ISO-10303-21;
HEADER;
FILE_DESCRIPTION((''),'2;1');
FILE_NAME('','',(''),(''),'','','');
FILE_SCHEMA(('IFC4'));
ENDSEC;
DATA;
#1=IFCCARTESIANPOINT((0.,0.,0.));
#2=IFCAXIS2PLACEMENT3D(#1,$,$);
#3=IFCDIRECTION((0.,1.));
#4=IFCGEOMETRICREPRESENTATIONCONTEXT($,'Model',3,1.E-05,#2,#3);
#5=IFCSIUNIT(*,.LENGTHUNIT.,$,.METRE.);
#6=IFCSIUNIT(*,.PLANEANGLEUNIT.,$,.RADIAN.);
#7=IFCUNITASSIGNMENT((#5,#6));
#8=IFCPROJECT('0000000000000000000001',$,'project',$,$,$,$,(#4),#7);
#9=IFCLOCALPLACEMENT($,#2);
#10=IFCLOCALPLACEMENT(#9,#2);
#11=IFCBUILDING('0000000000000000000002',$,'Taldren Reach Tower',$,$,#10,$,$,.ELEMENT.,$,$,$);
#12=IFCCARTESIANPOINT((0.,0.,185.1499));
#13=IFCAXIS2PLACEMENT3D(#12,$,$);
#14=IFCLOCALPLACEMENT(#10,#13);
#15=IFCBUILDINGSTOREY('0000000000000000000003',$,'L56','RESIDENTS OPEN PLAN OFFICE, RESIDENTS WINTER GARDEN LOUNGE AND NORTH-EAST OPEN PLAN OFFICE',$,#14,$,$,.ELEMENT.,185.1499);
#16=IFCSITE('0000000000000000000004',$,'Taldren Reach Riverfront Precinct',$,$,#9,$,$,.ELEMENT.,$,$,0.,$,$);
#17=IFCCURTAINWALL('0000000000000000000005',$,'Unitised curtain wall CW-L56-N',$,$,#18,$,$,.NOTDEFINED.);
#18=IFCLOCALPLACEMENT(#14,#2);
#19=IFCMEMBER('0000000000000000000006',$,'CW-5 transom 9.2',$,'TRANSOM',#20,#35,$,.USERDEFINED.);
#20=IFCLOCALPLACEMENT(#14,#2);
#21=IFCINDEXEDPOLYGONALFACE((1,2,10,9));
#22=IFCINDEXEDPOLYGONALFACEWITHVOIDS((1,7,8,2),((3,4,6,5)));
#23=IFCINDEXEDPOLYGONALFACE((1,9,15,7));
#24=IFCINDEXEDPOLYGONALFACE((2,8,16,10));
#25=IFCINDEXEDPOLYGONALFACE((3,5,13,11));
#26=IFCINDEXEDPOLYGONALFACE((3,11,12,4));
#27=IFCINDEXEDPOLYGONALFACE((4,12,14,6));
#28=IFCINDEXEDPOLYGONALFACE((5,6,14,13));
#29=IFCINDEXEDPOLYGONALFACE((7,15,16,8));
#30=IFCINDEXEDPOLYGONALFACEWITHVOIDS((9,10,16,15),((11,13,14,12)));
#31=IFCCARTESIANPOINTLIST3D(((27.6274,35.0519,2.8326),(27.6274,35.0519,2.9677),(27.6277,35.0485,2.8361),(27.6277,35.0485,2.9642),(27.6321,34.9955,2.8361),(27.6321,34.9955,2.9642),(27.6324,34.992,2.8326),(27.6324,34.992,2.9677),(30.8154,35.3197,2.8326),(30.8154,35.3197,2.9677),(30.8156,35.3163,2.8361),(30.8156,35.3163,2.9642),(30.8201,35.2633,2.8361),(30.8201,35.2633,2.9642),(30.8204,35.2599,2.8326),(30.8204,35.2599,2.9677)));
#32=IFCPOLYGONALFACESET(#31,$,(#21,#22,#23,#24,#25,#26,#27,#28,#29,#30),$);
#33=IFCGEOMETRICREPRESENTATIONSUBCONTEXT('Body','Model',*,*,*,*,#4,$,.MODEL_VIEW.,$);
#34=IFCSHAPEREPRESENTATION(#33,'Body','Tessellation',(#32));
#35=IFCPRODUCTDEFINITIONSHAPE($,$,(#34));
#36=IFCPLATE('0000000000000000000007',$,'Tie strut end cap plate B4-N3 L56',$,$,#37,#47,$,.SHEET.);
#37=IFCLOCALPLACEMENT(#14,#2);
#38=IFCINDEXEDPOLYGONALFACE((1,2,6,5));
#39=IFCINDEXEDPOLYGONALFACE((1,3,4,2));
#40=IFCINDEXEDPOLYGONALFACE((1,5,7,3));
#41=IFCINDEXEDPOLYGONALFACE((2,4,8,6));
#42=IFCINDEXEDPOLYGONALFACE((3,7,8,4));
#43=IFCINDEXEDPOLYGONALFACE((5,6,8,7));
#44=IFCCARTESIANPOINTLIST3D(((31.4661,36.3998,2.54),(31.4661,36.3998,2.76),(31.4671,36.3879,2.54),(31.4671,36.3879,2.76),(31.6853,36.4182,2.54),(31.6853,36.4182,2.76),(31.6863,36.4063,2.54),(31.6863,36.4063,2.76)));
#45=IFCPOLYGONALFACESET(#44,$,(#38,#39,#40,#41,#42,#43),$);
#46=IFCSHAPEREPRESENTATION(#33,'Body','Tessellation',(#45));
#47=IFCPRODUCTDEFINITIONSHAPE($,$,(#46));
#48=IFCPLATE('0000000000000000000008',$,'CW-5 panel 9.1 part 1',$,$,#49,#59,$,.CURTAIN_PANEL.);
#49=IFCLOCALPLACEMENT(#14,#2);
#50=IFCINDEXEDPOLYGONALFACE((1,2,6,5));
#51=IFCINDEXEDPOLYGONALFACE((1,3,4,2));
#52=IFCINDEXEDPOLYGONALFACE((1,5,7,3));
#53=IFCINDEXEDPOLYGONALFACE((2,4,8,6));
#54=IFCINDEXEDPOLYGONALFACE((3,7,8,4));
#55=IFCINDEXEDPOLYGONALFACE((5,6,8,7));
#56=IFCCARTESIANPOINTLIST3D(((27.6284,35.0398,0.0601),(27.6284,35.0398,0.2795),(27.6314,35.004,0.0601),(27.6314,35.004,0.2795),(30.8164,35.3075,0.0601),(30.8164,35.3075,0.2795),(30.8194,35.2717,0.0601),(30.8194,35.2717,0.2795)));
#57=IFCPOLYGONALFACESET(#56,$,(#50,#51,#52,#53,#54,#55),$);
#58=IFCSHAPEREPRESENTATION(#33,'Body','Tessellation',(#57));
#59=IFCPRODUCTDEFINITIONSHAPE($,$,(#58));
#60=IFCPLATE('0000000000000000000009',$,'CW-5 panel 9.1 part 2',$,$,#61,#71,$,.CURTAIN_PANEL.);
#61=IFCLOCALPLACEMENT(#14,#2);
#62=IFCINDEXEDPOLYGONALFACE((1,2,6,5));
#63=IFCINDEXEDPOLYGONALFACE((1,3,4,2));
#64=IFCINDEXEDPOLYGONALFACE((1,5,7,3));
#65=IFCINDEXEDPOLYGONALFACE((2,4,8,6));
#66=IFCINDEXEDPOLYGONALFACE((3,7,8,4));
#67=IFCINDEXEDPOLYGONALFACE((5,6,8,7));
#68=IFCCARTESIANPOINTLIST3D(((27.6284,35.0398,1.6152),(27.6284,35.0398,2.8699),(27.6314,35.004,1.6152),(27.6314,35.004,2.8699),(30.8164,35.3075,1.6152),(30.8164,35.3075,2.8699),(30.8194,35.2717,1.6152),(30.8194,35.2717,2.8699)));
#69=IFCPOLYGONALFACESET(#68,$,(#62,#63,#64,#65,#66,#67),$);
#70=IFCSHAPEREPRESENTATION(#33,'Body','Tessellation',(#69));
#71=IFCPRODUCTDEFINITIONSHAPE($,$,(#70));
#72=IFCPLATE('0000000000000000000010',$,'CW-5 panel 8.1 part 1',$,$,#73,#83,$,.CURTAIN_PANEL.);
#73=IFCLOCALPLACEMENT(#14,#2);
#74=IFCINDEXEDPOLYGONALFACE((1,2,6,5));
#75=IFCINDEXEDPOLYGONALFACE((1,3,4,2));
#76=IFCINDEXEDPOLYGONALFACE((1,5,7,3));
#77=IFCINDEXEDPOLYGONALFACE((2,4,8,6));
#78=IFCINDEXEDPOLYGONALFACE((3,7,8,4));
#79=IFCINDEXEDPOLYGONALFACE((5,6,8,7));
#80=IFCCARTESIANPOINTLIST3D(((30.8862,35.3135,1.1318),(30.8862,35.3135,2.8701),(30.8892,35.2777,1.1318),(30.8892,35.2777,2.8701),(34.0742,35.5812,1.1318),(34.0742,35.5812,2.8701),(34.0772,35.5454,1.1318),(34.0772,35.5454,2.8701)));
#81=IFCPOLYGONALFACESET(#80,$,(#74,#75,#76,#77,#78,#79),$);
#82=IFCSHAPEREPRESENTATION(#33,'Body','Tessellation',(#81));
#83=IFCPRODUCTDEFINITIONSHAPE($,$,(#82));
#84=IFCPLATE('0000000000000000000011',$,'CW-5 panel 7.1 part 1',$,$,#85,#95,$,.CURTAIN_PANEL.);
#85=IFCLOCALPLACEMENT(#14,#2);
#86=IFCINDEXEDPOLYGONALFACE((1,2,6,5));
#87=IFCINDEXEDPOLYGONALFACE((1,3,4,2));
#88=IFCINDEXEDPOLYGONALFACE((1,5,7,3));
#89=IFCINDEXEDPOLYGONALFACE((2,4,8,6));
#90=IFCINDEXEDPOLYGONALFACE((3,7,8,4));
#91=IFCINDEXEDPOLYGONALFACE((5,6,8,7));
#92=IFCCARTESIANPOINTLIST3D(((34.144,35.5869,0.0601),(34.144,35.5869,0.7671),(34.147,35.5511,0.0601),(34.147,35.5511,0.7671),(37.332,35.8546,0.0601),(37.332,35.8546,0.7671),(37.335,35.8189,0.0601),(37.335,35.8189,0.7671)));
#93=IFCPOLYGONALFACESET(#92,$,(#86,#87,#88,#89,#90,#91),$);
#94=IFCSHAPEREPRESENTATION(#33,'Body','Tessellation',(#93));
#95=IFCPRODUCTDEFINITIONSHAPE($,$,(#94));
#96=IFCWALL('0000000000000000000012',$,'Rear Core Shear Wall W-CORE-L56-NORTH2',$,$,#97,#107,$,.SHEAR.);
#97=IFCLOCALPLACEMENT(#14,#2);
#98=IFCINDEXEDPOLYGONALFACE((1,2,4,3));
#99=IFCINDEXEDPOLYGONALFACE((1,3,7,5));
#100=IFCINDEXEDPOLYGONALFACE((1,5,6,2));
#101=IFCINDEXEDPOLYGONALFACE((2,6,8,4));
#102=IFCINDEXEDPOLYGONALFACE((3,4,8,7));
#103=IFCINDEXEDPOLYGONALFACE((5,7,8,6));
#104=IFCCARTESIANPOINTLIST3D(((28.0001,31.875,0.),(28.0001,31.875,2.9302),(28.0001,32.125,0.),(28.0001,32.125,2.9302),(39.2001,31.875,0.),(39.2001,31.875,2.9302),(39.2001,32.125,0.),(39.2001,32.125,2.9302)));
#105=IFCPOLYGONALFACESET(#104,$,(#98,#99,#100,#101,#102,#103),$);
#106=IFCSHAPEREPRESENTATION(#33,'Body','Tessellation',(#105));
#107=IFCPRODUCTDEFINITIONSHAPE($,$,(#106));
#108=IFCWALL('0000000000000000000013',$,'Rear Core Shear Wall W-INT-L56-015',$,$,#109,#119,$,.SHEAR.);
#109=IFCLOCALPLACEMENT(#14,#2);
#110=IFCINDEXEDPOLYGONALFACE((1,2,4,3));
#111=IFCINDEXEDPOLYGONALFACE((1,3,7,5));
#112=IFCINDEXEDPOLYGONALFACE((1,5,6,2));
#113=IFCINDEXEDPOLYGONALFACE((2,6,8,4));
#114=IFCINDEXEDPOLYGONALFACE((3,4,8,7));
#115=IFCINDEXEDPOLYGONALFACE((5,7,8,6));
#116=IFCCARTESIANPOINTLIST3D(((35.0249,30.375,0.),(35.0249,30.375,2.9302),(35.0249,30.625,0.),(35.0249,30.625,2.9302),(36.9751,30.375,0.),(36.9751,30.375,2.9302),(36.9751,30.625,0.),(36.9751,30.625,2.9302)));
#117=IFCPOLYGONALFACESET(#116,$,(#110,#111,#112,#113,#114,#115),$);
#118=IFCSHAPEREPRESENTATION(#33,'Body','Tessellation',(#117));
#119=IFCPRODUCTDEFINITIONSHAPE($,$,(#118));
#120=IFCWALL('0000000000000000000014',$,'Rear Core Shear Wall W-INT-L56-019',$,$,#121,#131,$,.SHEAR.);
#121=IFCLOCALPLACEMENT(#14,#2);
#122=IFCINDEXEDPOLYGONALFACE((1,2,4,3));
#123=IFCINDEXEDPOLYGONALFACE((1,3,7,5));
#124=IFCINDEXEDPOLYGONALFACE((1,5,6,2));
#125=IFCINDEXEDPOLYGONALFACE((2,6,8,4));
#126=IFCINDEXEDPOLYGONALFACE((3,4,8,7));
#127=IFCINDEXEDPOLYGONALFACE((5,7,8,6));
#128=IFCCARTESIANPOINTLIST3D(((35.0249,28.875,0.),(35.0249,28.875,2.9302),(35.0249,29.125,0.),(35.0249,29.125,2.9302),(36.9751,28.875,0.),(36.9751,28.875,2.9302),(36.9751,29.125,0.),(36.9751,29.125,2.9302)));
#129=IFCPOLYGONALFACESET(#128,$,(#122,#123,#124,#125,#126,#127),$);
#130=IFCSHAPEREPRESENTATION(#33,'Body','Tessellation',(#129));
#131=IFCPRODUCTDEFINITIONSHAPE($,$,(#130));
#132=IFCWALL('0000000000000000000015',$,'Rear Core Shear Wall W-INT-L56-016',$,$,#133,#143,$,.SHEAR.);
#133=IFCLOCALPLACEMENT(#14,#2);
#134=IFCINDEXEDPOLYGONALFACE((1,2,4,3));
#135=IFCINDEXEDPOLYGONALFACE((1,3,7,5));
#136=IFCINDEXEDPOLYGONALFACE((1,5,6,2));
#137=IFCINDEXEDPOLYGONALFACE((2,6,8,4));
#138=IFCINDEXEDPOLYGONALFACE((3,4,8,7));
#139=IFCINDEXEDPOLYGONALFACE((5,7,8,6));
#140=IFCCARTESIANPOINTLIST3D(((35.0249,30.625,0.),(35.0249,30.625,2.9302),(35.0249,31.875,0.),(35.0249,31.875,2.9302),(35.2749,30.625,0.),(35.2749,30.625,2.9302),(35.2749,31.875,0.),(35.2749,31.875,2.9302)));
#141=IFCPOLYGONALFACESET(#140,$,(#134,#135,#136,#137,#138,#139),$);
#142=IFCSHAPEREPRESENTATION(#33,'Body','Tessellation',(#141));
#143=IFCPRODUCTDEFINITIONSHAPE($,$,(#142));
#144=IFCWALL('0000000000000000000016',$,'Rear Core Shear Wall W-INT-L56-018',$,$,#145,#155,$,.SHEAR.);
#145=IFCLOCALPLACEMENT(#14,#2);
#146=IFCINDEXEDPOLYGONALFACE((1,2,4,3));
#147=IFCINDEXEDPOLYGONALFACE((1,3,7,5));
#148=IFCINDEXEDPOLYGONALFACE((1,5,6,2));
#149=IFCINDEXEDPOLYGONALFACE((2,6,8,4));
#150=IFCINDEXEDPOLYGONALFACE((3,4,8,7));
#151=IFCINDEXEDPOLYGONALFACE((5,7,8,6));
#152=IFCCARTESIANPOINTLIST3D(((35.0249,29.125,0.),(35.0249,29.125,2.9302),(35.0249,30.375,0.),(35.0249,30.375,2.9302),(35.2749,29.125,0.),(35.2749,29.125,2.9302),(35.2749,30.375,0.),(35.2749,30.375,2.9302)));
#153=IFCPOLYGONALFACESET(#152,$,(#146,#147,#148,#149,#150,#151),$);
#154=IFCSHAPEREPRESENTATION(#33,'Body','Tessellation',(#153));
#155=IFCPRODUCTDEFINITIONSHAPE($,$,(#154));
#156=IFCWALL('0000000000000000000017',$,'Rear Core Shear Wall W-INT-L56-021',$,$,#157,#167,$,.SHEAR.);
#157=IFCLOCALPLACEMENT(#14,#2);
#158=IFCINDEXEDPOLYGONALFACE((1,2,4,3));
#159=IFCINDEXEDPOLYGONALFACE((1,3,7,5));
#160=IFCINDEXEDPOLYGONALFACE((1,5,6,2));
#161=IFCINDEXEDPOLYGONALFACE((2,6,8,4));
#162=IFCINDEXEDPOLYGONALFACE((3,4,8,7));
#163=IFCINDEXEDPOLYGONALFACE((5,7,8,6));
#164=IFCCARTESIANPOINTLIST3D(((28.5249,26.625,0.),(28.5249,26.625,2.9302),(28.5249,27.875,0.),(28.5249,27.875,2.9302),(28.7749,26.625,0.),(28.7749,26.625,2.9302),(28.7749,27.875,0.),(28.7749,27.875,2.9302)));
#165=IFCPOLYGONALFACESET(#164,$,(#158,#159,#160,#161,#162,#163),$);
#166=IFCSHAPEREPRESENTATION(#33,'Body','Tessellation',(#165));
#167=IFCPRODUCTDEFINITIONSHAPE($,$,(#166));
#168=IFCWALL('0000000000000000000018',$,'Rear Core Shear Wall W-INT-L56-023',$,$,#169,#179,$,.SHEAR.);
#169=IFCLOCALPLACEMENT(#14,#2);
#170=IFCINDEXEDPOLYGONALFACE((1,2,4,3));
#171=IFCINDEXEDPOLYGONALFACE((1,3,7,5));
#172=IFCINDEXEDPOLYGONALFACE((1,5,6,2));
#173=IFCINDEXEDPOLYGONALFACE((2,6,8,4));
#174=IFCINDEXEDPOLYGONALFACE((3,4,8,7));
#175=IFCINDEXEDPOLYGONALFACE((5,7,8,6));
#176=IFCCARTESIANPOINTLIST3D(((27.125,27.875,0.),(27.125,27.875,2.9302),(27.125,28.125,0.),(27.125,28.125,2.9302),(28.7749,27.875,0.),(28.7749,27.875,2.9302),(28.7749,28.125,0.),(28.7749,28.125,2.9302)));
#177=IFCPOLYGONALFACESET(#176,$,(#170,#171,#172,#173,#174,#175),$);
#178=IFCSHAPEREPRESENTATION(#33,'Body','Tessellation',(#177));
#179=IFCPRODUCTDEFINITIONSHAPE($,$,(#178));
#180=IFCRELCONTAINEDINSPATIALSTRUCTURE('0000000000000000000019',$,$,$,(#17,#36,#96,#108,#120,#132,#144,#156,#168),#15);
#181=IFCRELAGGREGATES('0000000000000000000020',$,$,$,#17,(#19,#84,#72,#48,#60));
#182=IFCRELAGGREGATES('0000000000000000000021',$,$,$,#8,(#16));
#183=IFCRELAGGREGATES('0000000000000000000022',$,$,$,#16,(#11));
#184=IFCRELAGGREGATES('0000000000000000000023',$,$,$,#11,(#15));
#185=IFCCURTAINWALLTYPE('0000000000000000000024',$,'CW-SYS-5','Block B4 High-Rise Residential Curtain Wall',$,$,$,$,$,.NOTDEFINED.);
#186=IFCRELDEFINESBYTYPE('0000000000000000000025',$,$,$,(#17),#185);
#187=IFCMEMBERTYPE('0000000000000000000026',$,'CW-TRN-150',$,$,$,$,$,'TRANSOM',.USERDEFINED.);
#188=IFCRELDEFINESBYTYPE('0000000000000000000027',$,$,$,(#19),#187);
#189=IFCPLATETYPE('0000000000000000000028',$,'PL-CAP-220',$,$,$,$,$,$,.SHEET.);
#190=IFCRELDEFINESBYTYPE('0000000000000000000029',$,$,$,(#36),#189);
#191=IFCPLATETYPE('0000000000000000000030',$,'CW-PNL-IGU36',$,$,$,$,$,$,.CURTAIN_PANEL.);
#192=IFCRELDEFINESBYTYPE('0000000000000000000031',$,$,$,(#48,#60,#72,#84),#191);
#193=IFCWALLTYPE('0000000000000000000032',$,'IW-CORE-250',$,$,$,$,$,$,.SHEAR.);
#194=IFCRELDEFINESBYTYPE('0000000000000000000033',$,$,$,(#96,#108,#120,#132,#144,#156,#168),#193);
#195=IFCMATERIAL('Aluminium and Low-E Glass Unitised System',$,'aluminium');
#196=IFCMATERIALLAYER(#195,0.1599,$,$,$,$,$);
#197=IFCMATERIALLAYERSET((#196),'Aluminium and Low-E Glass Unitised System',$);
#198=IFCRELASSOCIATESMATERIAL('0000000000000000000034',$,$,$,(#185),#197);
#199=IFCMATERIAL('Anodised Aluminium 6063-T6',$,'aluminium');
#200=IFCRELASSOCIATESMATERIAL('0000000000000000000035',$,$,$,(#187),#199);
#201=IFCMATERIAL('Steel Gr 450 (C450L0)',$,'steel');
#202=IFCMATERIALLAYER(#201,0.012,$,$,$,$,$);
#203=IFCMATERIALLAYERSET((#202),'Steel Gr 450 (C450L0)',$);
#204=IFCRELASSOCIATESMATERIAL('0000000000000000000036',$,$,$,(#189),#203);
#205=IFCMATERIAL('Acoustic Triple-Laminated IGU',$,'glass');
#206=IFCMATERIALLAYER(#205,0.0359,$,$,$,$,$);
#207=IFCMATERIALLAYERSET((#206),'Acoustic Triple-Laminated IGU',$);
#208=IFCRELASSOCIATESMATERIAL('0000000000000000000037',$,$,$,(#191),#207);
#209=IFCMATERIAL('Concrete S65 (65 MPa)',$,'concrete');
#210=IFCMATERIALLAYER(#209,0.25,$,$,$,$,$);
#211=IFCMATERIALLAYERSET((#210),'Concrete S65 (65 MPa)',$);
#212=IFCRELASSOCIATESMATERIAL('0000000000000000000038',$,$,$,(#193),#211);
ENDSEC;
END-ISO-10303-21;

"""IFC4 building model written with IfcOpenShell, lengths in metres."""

from ifc_helpers import new_model, si_unit, direction, frame, frame_2d, origin, origin_2d, place, context, subcontext, project, spatial, rectangle, hollow_rectangle, extrude, source, transform, mapped, material, layer, layer_set, material_profile, profile_set, type_object, element, aggregate, save


model = new_model("IFC4")

# Units and contexts
model_context = context("Model", 3, precision=1e-05, world=origin(), true_north=direction((0.0, 1.0)))
body_context = subcontext(model_context, "Body", "Model", "MODEL_VIEW")
ifc_project = project(units=[si_unit("LENGTHUNIT", "METRE"), si_unit("PLANEANGLEUNIT", "RADIAN")], contexts=[model_context])

# Site, building, storey
site_placement = place(None, origin())
site = spatial("IfcSite", under=ifc_project, at=site_placement, Name="Taldren Reach Riverfront Precinct", CompositionType="ELEMENT", RefElevation=0.0)
building_placement = place(site_placement, origin())
building = spatial("IfcBuilding", under=site, at=building_placement, Name="Taldren Reach Tower", CompositionType="ELEMENT")
storey_placement = place(building_placement, frame((0.0, 0.0, 185.1499)))
storey = spatial("IfcBuildingStorey", under=building, at=storey_placement, Name="L56", Description="RESIDENTS OPEN PLAN OFFICE, RESIDENTS WINTER GARDEN LOUNGE AND NORTH-EAST OPEN PLAN OFFICE", CompositionType="ELEMENT", Elevation=185.1499)

# Shared definitions
ifc_material_1 = material(Name="Steel Gr 450 (C450L0)", Category="steel")

# Curtain wall, member
ifc_material_2 = material(Name="Aluminium and Low-E Glass Unitised System", Category="aluminium")
ifc_layer_1 = layer(ifc_material_2, 0.1599)
ifc_layer_set_1 = layer_set([ifc_layer_1], Name="Aluminium and Low-E Glass Unitised System")
curtain_wall_type = type_object("IfcCurtainWallType", Name="CW-SYS-5", Description="Block B4 High-Rise Residential Curtain Wall", PredefinedType="NOTDEFINED", material=ifc_layer_set_1)
curtain_wall_placement = place(storey_placement, origin())
curtain_wall = element("IfcCurtainWall", 1, at=curtain_wall_placement, inside=storey, type_object=curtain_wall_type, Name="Unitised curtain wall CW-L56-N", PredefinedType="NOTDEFINED")
ifc_material_3 = material(Name="Anodised Aluminium 6063-T6", Category="aluminium")
ifc_material_profile_1 = material_profile(ifc_material_3, hollow_rectangle(XDim=0.0601, YDim=0.135, WallThickness=0.0034, at=origin_2d()), Name="ALU-135x60x3.5RHS")
ifc_profile_set_1 = profile_set([ifc_material_profile_1], Name="Anodised Aluminium 6063-T6")
member_type_1 = type_object("IfcMemberType", Name="CW-TRN-150", ElementType="TRANSOM", PredefinedType="USERDEFINED", material=ifc_profile_set_1)
shared_shape_1 = source(origin(), body_context, "Body", "SweptSolid", [
    extrude(hollow_rectangle(XDim=0.0601, YDim=0.135, WallThickness=0.0034, at=origin_2d()), origin(), (0.0, 0.0, 1.0), 3.1992),
])
member_1_placement = place(storey_placement, frame((30.8179, 35.2898, 2.9001), z_axis=(-0.99649, -0.083715, 0.0), x_axis=(0.083715, -0.99649, 0.0)))
member_1 = element("IfcMember", 2, at=member_1_placement, type_object=member_type_1, Name="CW-5 transom 9.2", ObjectType="TRANSOM", PredefinedType="USERDEFINED", context=body_context, shape_type="MappedRepresentation", body=[
    mapped(shared_shape_1, transform((0.0, 0.0, 0.0), scale=1.0)),
])

# Plates
ifc_layer_2 = layer(ifc_material_1, 0.012)
ifc_layer_set_2 = layer_set([ifc_layer_2], Name="Steel Gr 450 (C450L0)")
plate_type_1 = type_object("IfcPlateType", Name="PL-CAP-220", PredefinedType="SHEET", material=ifc_layer_set_2)
shared_shape_2 = source(origin(), body_context, "Body", "SweptSolid", [
    extrude(rectangle(XDim=0.22, YDim=0.012, at=origin_2d()), origin(), (0.0, 0.0, 1.0), 0.22),
])
plate_1_placement = place(storey_placement, frame((31.5762, 36.4031, 2.54), z_axis=(0.0, 0.0, 1.0), x_axis=(0.996493, 0.083678, 0.0)))
element("IfcPlate", 3, at=plate_1_placement, inside=storey, type_object=plate_type_1, Name="Tie strut end cap plate B4-N3 L56", PredefinedType="SHEET", context=body_context, shape_type="MappedRepresentation", body=[
    mapped(shared_shape_2, transform((0.0, 0.0, 0.0), scale=1.0)),
])
ifc_material_4 = material(Name="Acoustic Triple-Laminated IGU", Category="glass")
ifc_layer_3 = layer(ifc_material_4, 0.0359)
ifc_layer_set_3 = layer_set([ifc_layer_3], Name="Acoustic Triple-Laminated IGU")
plate_type_2 = type_object("IfcPlateType", Name="CW-PNL-IGU36", PredefinedType="CURTAIN_PANEL", material=ifc_layer_set_3)
shared_shape_3 = source(origin(), body_context, "Body", "SweptSolid", [
    extrude(rectangle(XDim=3.1992, YDim=0.0359, at=origin_2d()), origin(), (0.0, 0.0, 1.0), 0.2195),
])
plate_2_placement = place(storey_placement, frame((29.2239, 35.1558, 0.0601), z_axis=(0.0, 0.0, 1.0), x_axis=(-0.996493, -0.083678, 0.0)))
plate_2 = element("IfcPlate", 4, at=plate_2_placement, type_object=plate_type_2, Name="CW-5 panel 9.1 part 1", PredefinedType="CURTAIN_PANEL", context=body_context, shape_type="MappedRepresentation", body=[
    mapped(shared_shape_3, transform((0.0, 0.0, 0.0), scale=1.0)),
])
shared_shape_4 = source(origin(), body_context, "Body", "SweptSolid", [
    extrude(rectangle(XDim=3.1992, YDim=0.0359, at=origin_2d()), origin(), (0.0, 0.0, 1.0), 1.2546),
])
plate_3_placement = place(storey_placement, frame((29.2239, 35.1558, 1.6152), z_axis=(0.0, 0.0, 1.0), x_axis=(-0.996493, -0.083678, 0.0)))
plate_3 = element("IfcPlate", 5, at=plate_3_placement, type_object=plate_type_2, Name="CW-5 panel 9.1 part 2", PredefinedType="CURTAIN_PANEL", context=body_context, shape_type="MappedRepresentation", body=[
    mapped(shared_shape_4, transform((0.0, 0.0, 0.0), scale=1.0)),
])
shared_shape_5 = source(origin(), body_context, "Body", "SweptSolid", [
    extrude(rectangle(XDim=3.1992, YDim=0.0359, at=origin_2d()), origin(), (0.0, 0.0, 1.0), 1.7383),
])
plate_4_placement = place(storey_placement, frame((32.4817, 35.4294, 1.1318), z_axis=(0.0, 0.0, 1.0), x_axis=(-0.996493, -0.083678, 0.0)))
plate_4 = element("IfcPlate", 6, at=plate_4_placement, type_object=plate_type_2, Name="CW-5 panel 8.1 part 1", PredefinedType="CURTAIN_PANEL", context=body_context, shape_type="MappedRepresentation", body=[
    mapped(shared_shape_5, transform((0.0, 0.0, 0.0), scale=1.0)),
])
shared_shape_6 = source(origin(), body_context, "Body", "SweptSolid", [
    extrude(rectangle(XDim=3.1992, YDim=0.0359, at=origin_2d()), origin(), (0.0, 0.0, 1.0), 0.707),
])
plate_5_placement = place(storey_placement, frame((35.7395, 35.7029, 0.0601), z_axis=(0.0, 0.0, 1.0), x_axis=(-0.996493, -0.083678, 0.0)))
plate_5 = element("IfcPlate", 7, at=plate_5_placement, type_object=plate_type_2, Name="CW-5 panel 7.1 part 1", PredefinedType="CURTAIN_PANEL", context=body_context, shape_type="MappedRepresentation", body=[
    mapped(shared_shape_6, transform((0.0, 0.0, 0.0), scale=1.0)),
])
aggregate(curtain_wall, [member_1, plate_5, plate_4, plate_2, plate_3])

# Walls
ifc_material_5 = material(Name="Concrete S65 (65 MPa)", Category="concrete")
ifc_layer_4 = layer(ifc_material_5, 0.25)
ifc_layer_set_4 = layer_set([ifc_layer_4], Name="Concrete S65 (65 MPa)")
wall_type_1 = type_object("IfcWallType", Name="IW-CORE-250", PredefinedType="SHEAR", material=ifc_layer_set_4)
shared_shape_7 = source(origin(), body_context, "Body", "SweptSolid", [
    extrude(rectangle(XDim=11.2, YDim=0.25, at=frame_2d((5.6001, 0.0))), origin(), (0.0, 0.0, 1.0), 2.9302),
])
wall_1_placement = place(storey_placement, frame((28.0, 32.0, 0.0), z_axis=(0.0, 0.0, 1.0), x_axis=(1.0, 0.0, 0.0)))
element("IfcWall", 8, at=wall_1_placement, inside=storey, type_object=wall_type_1, Name="Rear Core Shear Wall W-CORE-L56-NORTH2", PredefinedType="SHEAR", context=body_context, shape_type="MappedRepresentation", body=[
    mapped(shared_shape_7, transform((0.0, 0.0, 0.0), scale=1.0)),
])
shared_shape_8 = source(origin(), body_context, "Body", "SweptSolid", [
    extrude(rectangle(XDim=1.9502, YDim=0.25, at=frame_2d((0.9751, 0.0))), origin(), (0.0, 0.0, 1.0), 2.9302),
])
for number, where, z_axis, x_axis, name in (
    (9, (35.0249, 30.5, 0.0), (0.0, 0.0, 1.0), (1.0, 0.0, 0.0), "Rear Core Shear Wall W-INT-L56-015"),
    (10, (35.0249, 29.0, 0.0), (0.0, 0.0, 1.0), (1.0, 0.0, 0.0), "Rear Core Shear Wall W-INT-L56-019"),
):
    element("IfcWall", number, at=place(storey_placement, frame(where, z_axis=z_axis, x_axis=x_axis)), inside=storey, type_object=wall_type_1, Name=name, PredefinedType="SHEAR", context=body_context, shape_type="MappedRepresentation", body=[
        mapped(shared_shape_8, transform((0.0, 0.0, 0.0), scale=1.0)),
    ])
shared_shape_9 = source(origin(), body_context, "Body", "SweptSolid", [
    extrude(rectangle(XDim=1.25, YDim=0.25, at=frame_2d((0.625, 0.0))), origin(), (0.0, 0.0, 1.0), 2.9302),
])
for number, where, z_axis, x_axis, name in (
    (11, (35.1499, 31.875, 0.0), (0.0, 0.0, 1.0), (0.0, -1.0, 0.0), "Rear Core Shear Wall W-INT-L56-016"),
    (12, (35.1499, 30.375, 0.0), (0.0, 0.0, 1.0), (0.0, -1.0, 0.0), "Rear Core Shear Wall W-INT-L56-018"),
    (13, (28.6499, 26.625, 0.0), (0.0, 0.0, 1.0), (0.0, 1.0, 0.0), "Rear Core Shear Wall W-INT-L56-021"),
):
    element("IfcWall", number, at=place(storey_placement, frame(where, z_axis=z_axis, x_axis=x_axis)), inside=storey, type_object=wall_type_1, Name=name, PredefinedType="SHEAR", context=body_context, shape_type="MappedRepresentation", body=[
        mapped(shared_shape_9, transform((0.0, 0.0, 0.0), scale=1.0)),
    ])
shared_shape_10 = source(origin(), body_context, "Body", "SweptSolid", [
    extrude(rectangle(XDim=1.6499, YDim=0.25, at=frame_2d((0.825, 0.0))), origin(), (0.0, 0.0, 1.0), 2.9302),
])
wall_2_placement = place(storey_placement, frame((28.7749, 28.0, 0.0), z_axis=(0.0, 0.0, 1.0), x_axis=(-1.0, 0.0, 0.0)))
element("IfcWall", 14, at=wall_2_placement, inside=storey, type_object=wall_type_1, Name="Rear Core Shear Wall W-INT-L56-023", PredefinedType="SHEAR", context=body_context, shape_type="MappedRepresentation", body=[
    mapped(shared_shape_10, transform((0.0, 0.0, 0.0), scale=1.0)),
])

save(model, "model.ifc")
